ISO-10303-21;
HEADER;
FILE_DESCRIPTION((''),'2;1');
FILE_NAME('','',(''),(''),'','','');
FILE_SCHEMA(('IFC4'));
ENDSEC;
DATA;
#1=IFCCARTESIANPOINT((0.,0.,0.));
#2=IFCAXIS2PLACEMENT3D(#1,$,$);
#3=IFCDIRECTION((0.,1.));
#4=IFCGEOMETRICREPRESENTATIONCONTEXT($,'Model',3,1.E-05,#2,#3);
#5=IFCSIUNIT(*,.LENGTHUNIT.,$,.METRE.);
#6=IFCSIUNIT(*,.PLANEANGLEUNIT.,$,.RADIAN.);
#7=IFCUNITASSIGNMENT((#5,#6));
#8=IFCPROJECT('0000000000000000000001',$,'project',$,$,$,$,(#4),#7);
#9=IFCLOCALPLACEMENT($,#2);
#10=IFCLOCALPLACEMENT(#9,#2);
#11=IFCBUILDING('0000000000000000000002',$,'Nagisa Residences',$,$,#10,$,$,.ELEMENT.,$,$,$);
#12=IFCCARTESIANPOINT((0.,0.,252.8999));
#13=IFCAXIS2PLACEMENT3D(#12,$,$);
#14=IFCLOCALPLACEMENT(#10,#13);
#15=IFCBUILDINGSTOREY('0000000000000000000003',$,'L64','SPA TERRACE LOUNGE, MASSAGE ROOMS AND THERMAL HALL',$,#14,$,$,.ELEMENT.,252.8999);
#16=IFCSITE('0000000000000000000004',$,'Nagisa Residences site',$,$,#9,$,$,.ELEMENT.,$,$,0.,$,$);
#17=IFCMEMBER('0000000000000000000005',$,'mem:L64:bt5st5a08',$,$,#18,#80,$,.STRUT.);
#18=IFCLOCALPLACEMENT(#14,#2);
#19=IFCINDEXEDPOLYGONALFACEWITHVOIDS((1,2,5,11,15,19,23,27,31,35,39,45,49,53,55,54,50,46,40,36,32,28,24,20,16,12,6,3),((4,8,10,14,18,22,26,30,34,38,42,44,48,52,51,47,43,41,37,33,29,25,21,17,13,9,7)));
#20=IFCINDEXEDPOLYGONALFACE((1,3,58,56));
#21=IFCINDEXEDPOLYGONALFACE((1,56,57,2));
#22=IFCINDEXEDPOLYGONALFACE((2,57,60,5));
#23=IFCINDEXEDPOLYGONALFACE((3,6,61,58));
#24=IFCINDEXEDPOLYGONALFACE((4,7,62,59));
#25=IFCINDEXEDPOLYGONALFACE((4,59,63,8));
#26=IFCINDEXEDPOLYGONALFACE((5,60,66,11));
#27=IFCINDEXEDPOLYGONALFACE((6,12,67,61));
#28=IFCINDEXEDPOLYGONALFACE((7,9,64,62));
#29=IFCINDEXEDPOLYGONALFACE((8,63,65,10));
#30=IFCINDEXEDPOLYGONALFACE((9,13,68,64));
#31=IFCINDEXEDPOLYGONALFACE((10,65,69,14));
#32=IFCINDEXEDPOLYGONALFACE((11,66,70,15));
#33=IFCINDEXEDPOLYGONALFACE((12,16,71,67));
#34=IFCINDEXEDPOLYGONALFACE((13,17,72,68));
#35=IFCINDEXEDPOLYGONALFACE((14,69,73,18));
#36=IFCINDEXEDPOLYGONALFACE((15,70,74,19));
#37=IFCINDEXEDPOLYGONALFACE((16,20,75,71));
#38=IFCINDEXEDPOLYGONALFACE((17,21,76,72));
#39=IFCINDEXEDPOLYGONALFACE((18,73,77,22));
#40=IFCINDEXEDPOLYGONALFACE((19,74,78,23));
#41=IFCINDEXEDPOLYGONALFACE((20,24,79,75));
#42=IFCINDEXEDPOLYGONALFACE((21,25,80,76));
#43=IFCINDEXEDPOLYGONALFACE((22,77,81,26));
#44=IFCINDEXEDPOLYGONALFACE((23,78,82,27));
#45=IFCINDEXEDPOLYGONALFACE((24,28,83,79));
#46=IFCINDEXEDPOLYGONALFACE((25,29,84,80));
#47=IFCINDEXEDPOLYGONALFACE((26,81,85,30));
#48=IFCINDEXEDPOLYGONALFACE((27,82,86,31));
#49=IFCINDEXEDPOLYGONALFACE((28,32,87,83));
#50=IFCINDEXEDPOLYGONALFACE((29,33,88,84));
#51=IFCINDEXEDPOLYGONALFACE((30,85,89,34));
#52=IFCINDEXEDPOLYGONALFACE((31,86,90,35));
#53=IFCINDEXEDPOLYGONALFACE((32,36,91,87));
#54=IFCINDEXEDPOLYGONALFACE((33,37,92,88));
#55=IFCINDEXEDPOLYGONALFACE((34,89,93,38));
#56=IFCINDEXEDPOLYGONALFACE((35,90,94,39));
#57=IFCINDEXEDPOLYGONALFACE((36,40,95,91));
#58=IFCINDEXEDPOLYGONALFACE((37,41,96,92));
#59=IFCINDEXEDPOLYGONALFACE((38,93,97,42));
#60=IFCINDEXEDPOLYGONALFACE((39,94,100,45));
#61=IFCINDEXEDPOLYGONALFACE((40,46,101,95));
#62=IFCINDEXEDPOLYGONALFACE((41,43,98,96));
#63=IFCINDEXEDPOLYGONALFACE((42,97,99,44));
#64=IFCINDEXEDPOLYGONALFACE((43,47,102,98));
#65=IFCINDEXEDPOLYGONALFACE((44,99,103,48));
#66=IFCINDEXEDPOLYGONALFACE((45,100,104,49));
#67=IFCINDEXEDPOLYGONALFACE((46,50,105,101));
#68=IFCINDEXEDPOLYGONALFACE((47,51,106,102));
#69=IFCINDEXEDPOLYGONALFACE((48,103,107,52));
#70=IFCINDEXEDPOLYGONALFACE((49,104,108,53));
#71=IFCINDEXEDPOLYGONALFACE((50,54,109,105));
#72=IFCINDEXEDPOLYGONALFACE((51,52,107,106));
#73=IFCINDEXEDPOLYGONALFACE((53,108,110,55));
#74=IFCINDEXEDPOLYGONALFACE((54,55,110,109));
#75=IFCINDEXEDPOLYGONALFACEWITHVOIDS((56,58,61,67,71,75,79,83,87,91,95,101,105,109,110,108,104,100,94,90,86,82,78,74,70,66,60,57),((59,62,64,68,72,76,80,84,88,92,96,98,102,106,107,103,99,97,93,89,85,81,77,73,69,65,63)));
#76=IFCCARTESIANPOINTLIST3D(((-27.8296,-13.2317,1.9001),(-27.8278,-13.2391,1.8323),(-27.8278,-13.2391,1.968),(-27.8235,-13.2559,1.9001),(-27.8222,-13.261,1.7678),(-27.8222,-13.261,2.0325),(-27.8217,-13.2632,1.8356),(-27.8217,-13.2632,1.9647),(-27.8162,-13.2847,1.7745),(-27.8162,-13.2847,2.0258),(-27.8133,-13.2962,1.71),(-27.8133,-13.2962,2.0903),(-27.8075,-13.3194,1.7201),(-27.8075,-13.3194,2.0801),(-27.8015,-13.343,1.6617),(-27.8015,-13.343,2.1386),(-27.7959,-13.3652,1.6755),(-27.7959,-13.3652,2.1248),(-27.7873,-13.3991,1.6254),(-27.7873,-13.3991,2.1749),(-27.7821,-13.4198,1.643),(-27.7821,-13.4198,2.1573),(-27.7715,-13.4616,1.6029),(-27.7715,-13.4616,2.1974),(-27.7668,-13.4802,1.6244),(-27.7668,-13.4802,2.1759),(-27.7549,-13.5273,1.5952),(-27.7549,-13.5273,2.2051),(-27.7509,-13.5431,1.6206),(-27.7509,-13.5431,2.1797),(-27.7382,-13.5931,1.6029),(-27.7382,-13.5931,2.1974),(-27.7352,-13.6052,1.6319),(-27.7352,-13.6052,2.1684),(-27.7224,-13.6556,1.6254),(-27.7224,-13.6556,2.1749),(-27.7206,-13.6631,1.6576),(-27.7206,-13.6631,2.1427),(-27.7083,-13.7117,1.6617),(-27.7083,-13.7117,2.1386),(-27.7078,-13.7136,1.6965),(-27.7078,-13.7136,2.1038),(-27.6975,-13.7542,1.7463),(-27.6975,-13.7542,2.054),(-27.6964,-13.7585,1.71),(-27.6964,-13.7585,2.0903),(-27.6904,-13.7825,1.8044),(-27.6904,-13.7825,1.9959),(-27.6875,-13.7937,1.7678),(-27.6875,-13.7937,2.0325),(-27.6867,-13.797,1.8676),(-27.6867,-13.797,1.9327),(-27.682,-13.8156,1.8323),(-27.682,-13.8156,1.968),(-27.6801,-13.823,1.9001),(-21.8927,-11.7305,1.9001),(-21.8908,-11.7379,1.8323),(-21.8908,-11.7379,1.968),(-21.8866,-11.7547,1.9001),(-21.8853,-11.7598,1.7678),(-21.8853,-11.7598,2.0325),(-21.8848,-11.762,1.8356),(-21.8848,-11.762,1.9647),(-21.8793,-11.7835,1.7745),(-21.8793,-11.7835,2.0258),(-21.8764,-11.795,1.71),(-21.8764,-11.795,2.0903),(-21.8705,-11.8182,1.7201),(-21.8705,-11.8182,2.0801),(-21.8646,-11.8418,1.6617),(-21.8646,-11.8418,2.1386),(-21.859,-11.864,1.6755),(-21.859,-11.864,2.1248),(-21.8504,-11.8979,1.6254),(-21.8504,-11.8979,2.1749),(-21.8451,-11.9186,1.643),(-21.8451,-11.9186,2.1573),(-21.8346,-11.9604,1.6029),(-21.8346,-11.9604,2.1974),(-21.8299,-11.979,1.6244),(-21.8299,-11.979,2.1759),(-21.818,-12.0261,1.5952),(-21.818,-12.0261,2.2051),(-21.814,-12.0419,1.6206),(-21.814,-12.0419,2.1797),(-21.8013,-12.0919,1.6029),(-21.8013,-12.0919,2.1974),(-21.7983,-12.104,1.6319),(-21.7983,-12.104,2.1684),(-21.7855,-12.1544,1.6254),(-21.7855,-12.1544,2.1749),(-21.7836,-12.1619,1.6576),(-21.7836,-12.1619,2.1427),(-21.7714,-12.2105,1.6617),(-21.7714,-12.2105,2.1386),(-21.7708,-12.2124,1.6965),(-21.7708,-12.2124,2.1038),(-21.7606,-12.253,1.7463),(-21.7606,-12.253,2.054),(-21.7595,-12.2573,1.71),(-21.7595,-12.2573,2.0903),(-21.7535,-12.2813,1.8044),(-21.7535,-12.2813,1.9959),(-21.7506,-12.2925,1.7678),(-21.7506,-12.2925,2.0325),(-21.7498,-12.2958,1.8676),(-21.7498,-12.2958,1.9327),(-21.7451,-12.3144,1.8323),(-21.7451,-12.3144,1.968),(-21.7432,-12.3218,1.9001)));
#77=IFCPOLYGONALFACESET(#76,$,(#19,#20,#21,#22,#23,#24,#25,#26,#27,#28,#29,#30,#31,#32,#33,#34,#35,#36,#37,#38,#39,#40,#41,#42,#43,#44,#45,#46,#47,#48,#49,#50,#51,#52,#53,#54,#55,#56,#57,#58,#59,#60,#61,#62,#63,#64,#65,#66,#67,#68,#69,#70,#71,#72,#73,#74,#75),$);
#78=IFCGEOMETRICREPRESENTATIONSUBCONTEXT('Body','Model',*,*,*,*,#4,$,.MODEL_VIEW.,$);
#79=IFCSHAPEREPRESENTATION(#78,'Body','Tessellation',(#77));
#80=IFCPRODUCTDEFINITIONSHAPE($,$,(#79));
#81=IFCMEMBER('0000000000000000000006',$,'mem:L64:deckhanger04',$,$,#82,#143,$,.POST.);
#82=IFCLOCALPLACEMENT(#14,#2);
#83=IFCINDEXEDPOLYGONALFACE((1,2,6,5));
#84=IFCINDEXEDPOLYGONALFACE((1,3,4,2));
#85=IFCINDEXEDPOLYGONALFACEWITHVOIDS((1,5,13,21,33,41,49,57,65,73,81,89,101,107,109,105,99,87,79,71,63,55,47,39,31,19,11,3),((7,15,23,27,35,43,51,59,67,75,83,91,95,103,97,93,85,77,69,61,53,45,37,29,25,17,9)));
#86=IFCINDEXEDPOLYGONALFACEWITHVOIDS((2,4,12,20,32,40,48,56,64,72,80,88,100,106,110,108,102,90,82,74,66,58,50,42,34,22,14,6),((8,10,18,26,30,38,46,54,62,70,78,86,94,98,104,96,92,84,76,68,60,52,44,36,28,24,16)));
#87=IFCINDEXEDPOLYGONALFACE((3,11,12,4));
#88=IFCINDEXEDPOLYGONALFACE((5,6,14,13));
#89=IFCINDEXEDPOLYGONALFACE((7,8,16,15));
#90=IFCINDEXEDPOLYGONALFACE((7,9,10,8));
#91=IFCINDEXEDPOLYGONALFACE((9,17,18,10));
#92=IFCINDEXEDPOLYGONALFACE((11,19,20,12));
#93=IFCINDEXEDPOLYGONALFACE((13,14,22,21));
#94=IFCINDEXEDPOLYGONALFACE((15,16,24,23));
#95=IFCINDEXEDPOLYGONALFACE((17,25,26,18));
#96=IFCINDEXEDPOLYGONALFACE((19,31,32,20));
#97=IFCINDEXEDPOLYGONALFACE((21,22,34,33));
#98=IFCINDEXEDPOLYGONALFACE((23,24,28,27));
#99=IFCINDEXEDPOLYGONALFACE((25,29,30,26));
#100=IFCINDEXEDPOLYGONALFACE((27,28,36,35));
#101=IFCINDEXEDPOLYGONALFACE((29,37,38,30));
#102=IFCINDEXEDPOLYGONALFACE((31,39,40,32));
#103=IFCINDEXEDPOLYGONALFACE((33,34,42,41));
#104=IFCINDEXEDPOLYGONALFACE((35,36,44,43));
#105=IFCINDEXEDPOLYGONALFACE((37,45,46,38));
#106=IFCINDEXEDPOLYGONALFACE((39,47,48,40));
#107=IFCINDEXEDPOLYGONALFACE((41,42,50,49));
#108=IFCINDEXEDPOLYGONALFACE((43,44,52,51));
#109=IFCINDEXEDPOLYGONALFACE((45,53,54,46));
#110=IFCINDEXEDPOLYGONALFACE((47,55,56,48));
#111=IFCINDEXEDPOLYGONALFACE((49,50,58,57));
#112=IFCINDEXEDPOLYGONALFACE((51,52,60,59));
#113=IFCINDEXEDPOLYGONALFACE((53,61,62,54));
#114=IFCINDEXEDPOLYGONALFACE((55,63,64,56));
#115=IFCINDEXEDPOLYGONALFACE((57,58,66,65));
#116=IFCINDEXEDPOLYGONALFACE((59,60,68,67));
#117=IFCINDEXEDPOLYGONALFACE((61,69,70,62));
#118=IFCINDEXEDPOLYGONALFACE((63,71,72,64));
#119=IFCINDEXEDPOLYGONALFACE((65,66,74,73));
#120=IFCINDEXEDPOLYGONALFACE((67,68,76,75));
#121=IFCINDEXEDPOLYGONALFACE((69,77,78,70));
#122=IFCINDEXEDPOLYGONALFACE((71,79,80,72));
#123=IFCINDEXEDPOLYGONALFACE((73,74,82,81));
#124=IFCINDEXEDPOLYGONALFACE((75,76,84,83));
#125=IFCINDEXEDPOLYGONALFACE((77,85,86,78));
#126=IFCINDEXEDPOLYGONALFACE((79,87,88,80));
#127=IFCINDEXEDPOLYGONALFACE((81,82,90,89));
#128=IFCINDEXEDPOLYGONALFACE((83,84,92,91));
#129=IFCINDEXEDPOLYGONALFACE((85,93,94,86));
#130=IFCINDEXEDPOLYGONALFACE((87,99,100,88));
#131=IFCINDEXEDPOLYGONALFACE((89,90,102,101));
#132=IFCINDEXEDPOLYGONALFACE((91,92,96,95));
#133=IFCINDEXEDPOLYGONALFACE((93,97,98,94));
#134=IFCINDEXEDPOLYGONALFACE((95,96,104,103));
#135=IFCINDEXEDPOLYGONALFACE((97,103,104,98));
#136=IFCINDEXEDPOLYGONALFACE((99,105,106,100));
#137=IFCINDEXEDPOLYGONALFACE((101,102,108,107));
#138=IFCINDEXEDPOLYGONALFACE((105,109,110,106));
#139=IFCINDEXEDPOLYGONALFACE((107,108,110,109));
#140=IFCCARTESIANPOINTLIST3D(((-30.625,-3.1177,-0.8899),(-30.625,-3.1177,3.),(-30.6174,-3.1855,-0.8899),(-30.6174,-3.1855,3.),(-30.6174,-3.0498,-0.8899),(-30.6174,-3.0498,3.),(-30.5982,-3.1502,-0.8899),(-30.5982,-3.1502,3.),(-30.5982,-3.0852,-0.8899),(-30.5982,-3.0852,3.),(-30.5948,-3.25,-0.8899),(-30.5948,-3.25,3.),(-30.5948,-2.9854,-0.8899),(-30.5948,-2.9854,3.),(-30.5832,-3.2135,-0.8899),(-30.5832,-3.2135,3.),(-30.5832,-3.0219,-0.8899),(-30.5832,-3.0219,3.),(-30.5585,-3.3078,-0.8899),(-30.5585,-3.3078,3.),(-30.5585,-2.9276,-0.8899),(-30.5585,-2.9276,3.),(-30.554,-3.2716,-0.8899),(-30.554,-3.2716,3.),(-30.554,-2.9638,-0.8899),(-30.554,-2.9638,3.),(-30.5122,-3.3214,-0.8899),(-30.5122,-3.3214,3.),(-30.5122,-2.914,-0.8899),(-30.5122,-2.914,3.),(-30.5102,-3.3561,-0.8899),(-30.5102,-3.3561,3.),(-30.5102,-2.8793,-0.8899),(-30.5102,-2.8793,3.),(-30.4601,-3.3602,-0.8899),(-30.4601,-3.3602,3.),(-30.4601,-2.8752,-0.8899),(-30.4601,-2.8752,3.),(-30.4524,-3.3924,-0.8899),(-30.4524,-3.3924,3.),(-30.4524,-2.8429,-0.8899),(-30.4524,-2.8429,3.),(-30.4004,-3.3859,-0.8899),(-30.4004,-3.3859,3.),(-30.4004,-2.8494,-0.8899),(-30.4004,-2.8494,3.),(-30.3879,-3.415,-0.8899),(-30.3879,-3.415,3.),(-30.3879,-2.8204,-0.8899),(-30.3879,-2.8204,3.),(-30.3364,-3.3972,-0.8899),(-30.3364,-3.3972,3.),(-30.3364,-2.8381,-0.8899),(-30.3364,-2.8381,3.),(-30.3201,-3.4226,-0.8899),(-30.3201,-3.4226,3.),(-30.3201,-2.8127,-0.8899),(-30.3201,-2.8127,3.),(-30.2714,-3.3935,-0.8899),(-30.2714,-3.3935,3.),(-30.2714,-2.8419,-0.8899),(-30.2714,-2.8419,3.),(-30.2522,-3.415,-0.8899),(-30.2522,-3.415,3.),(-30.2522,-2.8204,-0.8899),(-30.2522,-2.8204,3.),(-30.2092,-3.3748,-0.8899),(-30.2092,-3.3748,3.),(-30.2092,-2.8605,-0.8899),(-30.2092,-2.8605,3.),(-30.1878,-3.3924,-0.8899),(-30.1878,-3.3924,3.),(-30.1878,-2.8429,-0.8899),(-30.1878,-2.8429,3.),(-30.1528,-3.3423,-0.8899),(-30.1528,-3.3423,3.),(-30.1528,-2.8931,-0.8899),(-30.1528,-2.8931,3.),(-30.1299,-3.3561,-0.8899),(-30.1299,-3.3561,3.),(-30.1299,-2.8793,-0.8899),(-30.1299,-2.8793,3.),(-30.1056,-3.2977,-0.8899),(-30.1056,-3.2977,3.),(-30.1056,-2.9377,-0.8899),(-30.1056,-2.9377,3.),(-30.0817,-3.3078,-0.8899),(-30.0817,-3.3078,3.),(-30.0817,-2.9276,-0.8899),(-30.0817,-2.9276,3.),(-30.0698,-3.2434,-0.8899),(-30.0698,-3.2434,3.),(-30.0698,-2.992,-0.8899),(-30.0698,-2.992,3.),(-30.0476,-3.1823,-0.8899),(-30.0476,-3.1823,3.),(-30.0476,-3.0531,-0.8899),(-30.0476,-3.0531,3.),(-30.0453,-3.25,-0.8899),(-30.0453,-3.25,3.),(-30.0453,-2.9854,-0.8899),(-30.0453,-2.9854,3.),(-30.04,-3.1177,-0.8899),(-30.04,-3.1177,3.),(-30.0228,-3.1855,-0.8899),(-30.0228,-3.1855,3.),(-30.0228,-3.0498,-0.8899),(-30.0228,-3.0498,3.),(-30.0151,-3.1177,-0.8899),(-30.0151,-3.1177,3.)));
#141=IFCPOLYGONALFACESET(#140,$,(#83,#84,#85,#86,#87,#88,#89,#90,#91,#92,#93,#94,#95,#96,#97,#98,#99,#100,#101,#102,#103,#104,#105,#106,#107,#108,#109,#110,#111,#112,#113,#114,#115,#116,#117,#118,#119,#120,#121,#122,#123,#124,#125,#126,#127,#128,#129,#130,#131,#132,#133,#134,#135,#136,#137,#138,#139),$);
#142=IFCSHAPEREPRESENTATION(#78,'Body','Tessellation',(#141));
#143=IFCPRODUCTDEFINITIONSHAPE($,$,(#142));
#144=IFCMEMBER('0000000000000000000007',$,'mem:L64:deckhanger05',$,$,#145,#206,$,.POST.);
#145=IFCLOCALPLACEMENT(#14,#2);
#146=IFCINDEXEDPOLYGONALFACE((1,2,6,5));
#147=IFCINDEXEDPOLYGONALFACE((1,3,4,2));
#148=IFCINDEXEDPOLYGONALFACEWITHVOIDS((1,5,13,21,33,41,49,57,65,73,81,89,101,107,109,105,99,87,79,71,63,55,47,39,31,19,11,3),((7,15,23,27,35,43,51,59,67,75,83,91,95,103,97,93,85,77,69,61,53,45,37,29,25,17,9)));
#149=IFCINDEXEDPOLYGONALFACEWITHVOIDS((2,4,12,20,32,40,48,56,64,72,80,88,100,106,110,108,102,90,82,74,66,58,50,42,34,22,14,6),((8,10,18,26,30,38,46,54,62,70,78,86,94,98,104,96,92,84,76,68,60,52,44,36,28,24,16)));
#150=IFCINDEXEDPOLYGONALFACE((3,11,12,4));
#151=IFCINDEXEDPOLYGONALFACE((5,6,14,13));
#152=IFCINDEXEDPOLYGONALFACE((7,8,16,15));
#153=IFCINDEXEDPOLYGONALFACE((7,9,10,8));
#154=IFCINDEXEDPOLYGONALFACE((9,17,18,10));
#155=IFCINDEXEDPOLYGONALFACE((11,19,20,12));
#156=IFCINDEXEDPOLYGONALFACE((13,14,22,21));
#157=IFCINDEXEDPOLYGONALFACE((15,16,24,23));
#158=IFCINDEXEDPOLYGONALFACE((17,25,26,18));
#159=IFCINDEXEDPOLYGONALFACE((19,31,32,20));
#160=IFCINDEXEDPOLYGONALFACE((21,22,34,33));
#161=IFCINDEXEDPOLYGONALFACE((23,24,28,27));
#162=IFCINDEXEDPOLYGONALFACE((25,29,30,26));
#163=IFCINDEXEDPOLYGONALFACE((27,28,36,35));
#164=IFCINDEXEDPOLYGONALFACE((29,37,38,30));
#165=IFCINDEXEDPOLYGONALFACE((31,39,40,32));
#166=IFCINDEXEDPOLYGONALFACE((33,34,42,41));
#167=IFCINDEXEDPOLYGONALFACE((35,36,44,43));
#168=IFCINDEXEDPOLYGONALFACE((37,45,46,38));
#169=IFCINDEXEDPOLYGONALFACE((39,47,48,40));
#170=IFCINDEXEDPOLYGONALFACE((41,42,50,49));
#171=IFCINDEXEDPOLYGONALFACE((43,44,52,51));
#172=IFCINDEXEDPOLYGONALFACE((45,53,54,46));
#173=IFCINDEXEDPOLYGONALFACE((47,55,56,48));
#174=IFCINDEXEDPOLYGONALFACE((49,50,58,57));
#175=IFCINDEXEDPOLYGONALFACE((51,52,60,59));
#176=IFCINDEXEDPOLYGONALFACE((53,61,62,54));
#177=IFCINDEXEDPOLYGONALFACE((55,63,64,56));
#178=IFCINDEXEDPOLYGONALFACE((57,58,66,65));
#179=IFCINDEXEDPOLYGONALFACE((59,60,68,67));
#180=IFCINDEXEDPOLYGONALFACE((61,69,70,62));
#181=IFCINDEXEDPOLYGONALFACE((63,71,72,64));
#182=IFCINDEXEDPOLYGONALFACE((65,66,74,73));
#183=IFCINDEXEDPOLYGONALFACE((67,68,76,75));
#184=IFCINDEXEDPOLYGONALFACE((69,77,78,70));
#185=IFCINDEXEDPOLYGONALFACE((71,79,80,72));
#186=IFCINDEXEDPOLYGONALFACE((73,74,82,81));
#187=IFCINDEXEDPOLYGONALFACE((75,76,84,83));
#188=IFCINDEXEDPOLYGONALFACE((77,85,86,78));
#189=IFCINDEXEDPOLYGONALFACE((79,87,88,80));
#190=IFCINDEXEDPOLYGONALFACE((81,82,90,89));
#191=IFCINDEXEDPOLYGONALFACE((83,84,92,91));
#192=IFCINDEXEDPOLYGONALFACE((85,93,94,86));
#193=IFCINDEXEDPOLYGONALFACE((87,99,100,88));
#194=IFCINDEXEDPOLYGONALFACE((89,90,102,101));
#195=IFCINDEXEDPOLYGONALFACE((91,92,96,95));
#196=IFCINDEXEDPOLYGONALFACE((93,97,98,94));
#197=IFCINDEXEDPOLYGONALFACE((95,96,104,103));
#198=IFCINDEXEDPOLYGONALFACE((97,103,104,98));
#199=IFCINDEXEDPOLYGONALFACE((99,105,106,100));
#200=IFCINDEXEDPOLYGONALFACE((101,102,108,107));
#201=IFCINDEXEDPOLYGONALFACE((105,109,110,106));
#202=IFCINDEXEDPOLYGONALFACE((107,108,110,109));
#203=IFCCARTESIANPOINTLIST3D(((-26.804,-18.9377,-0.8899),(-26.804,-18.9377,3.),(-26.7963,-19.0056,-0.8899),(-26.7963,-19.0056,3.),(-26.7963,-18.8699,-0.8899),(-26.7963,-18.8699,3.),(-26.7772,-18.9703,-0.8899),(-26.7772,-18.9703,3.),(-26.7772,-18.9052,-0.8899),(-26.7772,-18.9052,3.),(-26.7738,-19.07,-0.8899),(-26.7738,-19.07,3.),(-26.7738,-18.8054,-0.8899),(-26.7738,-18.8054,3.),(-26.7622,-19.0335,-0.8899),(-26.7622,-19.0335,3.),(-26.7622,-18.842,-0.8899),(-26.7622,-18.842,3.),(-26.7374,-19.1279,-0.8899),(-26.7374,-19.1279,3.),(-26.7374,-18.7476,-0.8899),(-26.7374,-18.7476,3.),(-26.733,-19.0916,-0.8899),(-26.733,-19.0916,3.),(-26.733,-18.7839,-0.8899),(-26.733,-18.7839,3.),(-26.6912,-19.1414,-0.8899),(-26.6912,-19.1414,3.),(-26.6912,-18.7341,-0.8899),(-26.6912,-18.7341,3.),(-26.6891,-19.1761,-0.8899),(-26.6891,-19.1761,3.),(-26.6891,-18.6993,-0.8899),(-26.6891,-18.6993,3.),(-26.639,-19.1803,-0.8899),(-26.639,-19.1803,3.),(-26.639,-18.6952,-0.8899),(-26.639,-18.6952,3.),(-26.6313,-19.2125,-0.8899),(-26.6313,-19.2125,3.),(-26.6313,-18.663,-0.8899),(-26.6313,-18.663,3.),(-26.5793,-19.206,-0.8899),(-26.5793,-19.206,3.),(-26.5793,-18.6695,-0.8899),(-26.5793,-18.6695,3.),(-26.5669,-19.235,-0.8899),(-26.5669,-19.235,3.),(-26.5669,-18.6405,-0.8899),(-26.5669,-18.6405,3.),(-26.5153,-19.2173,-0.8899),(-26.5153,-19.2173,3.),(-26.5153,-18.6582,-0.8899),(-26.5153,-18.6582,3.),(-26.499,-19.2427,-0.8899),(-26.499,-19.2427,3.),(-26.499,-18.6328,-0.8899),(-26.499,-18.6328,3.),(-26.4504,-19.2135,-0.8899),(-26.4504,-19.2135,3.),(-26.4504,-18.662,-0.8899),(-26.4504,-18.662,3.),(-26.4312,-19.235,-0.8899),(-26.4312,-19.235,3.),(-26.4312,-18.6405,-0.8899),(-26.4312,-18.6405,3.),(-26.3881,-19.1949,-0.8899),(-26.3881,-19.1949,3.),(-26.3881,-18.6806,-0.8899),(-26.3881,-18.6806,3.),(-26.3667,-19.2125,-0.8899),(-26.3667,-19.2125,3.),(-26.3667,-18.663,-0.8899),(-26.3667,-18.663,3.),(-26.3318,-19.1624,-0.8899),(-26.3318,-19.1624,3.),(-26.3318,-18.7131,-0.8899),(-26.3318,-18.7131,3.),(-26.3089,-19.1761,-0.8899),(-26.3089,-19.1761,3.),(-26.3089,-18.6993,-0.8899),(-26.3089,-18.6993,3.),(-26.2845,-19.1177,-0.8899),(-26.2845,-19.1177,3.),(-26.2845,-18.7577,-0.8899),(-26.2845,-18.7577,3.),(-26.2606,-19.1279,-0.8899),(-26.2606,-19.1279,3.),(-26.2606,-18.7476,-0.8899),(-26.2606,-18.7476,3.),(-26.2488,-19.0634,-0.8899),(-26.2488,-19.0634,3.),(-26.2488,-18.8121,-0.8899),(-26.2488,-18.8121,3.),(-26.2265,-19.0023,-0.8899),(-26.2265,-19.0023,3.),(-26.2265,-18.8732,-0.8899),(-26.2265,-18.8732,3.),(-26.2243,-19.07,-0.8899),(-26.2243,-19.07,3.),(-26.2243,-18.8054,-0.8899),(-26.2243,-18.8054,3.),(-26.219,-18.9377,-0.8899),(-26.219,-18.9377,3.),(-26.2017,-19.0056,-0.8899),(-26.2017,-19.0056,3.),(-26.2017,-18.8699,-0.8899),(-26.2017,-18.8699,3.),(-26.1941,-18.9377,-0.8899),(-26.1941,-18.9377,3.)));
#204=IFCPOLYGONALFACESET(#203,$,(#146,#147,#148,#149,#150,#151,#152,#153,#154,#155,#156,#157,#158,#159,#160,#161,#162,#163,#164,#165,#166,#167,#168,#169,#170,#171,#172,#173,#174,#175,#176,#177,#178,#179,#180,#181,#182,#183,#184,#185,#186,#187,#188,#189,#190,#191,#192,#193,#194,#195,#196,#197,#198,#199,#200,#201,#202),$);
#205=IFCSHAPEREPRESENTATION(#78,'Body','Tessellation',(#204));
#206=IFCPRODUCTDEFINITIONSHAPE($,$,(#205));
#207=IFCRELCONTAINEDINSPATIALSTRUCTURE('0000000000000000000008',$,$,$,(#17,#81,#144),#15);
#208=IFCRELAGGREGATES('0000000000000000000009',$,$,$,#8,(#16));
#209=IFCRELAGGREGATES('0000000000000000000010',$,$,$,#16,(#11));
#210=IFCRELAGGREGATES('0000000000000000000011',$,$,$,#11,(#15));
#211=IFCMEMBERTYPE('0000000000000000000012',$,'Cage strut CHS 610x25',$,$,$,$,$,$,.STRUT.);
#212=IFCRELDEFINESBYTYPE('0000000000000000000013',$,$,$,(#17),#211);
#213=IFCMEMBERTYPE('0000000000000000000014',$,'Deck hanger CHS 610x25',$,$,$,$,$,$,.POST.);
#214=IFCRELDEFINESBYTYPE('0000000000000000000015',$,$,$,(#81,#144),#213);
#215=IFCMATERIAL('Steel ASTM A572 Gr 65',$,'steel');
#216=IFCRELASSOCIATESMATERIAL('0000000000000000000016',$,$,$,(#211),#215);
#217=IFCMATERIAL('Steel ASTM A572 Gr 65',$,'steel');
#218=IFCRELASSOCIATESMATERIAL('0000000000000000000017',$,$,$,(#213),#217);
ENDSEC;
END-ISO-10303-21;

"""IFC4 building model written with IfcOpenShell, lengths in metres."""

from ifc_helpers import new_model, si_unit, direction, frame, origin, origin_2d, place, context, subcontext, project, spatial, hollow_circle, extrude, material, material_profile, profile_set, type_object, element, save


model = new_model("IFC4")

# Units and contexts
model_context = context("Model", 3, precision=1e-05, world=origin(), true_north=direction((0.0, 1.0)))
body_context = subcontext(model_context, "Body", "Model", "MODEL_VIEW")
ifc_project = project(units=[si_unit("LENGTHUNIT", "METRE"), si_unit("PLANEANGLEUNIT", "RADIAN")], contexts=[model_context])

# Site, building, storey
site_placement = place(None, origin())
site = spatial("IfcSite", under=ifc_project, at=site_placement, Name="Nagisa Residences site", CompositionType="ELEMENT", RefElevation=0.0)
building_placement = place(site_placement, origin())
building = spatial("IfcBuilding", under=site, at=building_placement, Name="Nagisa Residences", CompositionType="ELEMENT")
storey_placement = place(building_placement, frame((0.0, 0.0, 252.8999)))
storey = spatial("IfcBuildingStorey", under=building, at=storey_placement, Name="L64", Description="SPA TERRACE LOUNGE, MASSAGE ROOMS AND THERMAL HALL", CompositionType="ELEMENT", Elevation=252.8999)

# Members
ifc_material_1 = material(Name="Steel ASTM A572 Gr 65", Category="steel")
ifc_material_profile_1 = material_profile(ifc_material_1, hollow_circle(Radius=0.3049, WallThickness=0.0249, at=origin_2d()), Name="CHS 610x25")
ifc_profile_set_1 = profile_set([ifc_material_profile_1], Name="Steel ASTM A572 Gr 65")
member_type_1 = type_object("IfcMemberType", Name="Cage strut CHS 610x25", PredefinedType="STRUT", material=ifc_profile_set_1)
member_1_placement = place(storey_placement, frame((-27.7549, -13.5273, 1.9001), z_axis=(0.969487, 0.245143, 0.0), x_axis=(-0.245143, 0.969487, 0.0)))
element("IfcMember", 1, at=member_1_placement, inside=storey, type_object=member_type_1, Name="mem:L64:bt5st5a08", PredefinedType="STRUT", context=body_context, shape_type="SweptSolid", body=[
    extrude(hollow_circle(Radius=0.3049, WallThickness=0.0249, at=origin_2d()), origin(), (0.0, 0.0, 1.0), 6.1238),
])
ifc_material_2 = material(Name="Steel ASTM A572 Gr 65", Category="steel")
ifc_material_profile_2 = material_profile(ifc_material_2, hollow_circle(Radius=0.3049, WallThickness=0.0249, at=origin_2d()), Name="CHS 610x25")
ifc_profile_set_2 = profile_set([ifc_material_profile_2], Name="Steel ASTM A572 Gr 65")
member_type_2 = type_object("IfcMemberType", Name="Deck hanger CHS 610x25", PredefinedType="POST", material=ifc_profile_set_2)
for number, where, z_axis, x_axis, name in (
    (2, (-30.3201, -3.1177, 3.0), (0.0, 0.0, -1.0), (1.0, 0.0, 0.0), "mem:L64:deckhanger04"),
    (3, (-26.499, -18.9377, 3.0), (0.0, 0.0, -1.0), (1.0, 0.0, 0.0), "mem:L64:deckhanger05"),
):
    element("IfcMember", number, at=place(storey_placement, frame(where, z_axis=z_axis, x_axis=x_axis)), inside=storey, type_object=member_type_2, Name=name, PredefinedType="POST", context=body_context, shape_type="SweptSolid", body=[
        extrude(hollow_circle(Radius=0.3049, WallThickness=0.0249, at=origin_2d()), origin(), (0.0, 0.0, 1.0), 3.8899),
    ])

save(model, "model.ifc")
